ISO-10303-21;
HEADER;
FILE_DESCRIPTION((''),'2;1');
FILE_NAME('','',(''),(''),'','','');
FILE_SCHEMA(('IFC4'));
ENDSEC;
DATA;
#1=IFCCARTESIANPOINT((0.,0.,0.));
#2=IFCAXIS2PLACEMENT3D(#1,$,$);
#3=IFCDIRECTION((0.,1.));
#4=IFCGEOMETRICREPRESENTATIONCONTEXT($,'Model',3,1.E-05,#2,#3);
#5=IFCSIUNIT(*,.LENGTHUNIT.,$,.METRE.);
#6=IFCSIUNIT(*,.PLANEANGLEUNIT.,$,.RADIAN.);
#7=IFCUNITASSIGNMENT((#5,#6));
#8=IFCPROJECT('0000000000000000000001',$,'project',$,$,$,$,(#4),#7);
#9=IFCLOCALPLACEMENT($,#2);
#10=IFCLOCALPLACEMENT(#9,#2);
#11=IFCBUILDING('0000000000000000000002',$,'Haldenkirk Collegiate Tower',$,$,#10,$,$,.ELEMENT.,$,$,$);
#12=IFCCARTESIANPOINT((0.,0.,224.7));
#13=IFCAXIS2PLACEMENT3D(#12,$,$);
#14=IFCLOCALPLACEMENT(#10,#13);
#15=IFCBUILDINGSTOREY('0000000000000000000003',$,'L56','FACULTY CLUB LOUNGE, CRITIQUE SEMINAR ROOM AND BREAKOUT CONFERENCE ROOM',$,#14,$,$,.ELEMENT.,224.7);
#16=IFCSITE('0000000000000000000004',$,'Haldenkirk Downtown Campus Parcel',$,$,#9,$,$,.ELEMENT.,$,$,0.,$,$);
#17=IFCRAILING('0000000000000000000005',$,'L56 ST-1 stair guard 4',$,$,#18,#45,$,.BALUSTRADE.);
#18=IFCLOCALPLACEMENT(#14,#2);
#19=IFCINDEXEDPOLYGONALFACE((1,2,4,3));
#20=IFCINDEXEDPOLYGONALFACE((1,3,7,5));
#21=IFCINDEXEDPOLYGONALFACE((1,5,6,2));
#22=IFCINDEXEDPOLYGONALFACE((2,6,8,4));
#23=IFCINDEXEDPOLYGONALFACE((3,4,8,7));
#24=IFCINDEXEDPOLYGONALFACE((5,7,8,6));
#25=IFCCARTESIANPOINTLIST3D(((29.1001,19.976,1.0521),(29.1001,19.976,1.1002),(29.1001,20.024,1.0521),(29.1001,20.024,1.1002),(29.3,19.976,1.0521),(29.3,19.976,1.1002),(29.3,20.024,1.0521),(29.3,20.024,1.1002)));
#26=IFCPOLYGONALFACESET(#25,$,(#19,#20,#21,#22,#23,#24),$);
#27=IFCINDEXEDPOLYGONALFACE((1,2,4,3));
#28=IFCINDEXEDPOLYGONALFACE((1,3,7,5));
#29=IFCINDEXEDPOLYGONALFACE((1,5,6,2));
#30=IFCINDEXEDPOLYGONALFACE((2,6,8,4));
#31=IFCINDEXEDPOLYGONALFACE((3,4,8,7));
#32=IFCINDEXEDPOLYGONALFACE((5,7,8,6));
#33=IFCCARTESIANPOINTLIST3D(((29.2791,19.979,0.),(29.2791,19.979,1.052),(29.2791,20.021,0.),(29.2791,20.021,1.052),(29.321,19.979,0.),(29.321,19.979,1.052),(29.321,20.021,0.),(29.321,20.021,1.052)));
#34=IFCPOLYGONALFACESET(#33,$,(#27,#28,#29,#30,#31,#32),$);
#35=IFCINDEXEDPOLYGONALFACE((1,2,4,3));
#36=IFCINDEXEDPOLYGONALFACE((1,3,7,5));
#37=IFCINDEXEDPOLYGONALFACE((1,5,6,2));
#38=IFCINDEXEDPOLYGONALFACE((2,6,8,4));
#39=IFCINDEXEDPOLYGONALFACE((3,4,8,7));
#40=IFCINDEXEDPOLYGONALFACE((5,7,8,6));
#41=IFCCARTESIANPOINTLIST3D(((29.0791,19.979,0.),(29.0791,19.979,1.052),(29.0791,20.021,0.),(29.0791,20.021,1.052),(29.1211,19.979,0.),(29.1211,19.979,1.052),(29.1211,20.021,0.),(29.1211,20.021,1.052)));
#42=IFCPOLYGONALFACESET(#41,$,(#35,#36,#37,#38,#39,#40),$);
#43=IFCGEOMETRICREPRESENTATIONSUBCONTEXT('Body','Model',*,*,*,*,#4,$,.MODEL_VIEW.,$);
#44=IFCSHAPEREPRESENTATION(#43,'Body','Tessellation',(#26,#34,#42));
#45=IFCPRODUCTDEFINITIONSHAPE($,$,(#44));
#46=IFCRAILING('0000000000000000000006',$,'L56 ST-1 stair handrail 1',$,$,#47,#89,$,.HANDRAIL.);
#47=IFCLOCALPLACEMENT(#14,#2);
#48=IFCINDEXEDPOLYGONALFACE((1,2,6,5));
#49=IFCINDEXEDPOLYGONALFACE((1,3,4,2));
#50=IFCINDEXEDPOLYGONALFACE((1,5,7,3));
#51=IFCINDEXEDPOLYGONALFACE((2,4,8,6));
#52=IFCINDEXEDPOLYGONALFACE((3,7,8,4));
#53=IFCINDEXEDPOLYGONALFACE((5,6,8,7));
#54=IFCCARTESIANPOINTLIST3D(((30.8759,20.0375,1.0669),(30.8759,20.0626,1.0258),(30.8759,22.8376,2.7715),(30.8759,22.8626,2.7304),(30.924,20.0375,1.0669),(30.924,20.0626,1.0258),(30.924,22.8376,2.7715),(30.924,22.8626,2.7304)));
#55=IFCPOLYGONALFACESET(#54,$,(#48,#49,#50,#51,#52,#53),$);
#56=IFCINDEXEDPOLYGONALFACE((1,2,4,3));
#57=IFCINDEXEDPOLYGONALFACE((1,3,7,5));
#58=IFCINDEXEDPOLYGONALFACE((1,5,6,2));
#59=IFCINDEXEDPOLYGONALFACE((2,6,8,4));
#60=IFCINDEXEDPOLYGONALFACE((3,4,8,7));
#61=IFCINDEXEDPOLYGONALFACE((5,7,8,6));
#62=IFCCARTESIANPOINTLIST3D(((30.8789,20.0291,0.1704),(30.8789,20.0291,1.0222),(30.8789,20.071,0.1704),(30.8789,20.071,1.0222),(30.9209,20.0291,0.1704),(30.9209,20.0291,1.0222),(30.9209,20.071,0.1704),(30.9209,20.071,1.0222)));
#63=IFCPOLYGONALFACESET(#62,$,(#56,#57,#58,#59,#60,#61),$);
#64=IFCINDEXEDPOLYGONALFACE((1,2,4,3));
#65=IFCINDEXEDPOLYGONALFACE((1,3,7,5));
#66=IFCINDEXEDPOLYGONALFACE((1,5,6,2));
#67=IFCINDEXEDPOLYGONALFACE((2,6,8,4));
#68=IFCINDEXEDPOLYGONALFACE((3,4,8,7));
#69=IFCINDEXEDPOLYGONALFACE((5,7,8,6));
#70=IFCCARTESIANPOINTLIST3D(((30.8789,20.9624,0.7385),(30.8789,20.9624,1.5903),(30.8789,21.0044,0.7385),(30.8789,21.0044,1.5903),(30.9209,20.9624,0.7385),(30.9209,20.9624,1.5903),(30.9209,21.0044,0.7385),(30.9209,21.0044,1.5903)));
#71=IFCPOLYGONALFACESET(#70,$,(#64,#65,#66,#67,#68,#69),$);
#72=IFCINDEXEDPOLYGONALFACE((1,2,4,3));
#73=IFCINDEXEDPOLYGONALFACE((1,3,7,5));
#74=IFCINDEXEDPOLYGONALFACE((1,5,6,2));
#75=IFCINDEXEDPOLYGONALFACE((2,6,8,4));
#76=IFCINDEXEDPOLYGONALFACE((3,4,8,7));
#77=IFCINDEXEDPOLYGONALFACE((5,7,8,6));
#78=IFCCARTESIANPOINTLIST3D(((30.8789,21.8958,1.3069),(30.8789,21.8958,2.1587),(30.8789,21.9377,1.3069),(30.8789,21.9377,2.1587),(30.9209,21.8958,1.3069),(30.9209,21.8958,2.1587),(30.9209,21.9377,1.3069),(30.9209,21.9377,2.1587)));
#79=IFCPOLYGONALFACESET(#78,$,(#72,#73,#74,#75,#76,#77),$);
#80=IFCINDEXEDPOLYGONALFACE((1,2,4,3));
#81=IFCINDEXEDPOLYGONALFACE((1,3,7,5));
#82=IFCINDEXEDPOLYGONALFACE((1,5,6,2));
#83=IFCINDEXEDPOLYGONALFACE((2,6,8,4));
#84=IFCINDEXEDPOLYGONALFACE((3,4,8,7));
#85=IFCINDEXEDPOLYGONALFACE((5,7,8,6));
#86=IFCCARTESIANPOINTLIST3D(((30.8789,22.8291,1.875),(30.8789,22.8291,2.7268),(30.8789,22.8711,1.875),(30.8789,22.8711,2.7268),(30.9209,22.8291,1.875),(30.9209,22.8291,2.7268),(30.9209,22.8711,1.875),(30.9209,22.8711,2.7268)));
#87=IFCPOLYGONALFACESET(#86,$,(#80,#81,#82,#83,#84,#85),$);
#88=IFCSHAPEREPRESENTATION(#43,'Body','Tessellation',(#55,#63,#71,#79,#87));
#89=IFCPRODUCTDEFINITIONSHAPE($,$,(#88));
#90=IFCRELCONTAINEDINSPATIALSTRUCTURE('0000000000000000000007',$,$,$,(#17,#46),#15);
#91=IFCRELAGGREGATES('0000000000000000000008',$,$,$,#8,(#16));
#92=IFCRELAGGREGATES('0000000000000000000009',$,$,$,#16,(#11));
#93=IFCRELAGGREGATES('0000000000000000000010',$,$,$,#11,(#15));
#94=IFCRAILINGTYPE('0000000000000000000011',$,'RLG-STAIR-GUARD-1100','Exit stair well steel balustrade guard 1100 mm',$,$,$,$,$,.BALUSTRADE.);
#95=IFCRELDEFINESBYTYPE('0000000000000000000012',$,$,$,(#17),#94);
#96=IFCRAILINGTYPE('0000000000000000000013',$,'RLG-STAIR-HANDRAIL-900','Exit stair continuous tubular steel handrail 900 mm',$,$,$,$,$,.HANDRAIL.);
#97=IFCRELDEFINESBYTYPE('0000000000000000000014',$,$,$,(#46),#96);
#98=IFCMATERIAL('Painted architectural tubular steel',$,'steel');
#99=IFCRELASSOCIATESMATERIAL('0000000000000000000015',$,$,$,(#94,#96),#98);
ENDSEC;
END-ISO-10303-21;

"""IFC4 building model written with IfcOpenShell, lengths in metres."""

from ifc_helpers import new_model, si_unit, direction, frame, origin, origin_2d, place, context, subcontext, project, spatial, rectangle, extrude, material, type_object, element, save


model = new_model("IFC4")

# Units and contexts
model_context = context("Model", 3, precision=1e-05, world=origin(), true_north=direction((0.0, 1.0)))
body_context = subcontext(model_context, "Body", "Model", "MODEL_VIEW")
ifc_project = project(units=[si_unit("LENGTHUNIT", "METRE"), si_unit("PLANEANGLEUNIT", "RADIAN")], contexts=[model_context])

# Site, building, storey
site_placement = place(None, origin())
site = spatial("IfcSite", under=ifc_project, at=site_placement, Name="Haldenkirk Downtown Campus Parcel", CompositionType="ELEMENT", RefElevation=0.0)
building_placement = place(site_placement, origin())
building = spatial("IfcBuilding", under=site, at=building_placement, Name="Haldenkirk Collegiate Tower", CompositionType="ELEMENT")
storey_placement = place(building_placement, frame((0.0, 0.0, 224.7)))
storey = spatial("IfcBuildingStorey", under=building, at=storey_placement, Name="L56", Description="FACULTY CLUB LOUNGE, CRITIQUE SEMINAR ROOM AND BREAKOUT CONFERENCE ROOM", CompositionType="ELEMENT", Elevation=224.7)

# Railings
ifc_material_1 = material(Name="Painted architectural tubular steel", Category="steel")
railing_type_1 = type_object("IfcRailingType", Name="RLG-STAIR-GUARD-1100", Description="Exit stair well steel balustrade guard 1100 mm", PredefinedType="BALUSTRADE", material=ifc_material_1)
railing_1_placement = place(storey_placement, frame((29.3, 20.0, 0.0)))
element("IfcRailing", 1, at=railing_1_placement, inside=storey, type_object=railing_type_1, Name="L56 ST-1 stair guard 4", PredefinedType="BALUSTRADE", context=body_context, shape_type="SweptSolid", body=[
    extrude(rectangle(XDim=0.0481, YDim=0.0481, at=origin_2d()), frame((0.0, 0.0, 1.0762), z_axis=(-1.0, 0.0, 0.0), x_axis=(0.0, -1.0, 0.0)), (0.0, 0.0, 1.0), 0.2),
    extrude(rectangle(XDim=0.042, YDim=0.042, at=origin_2d()), origin(), (0.0, 0.0, 1.0), 1.052),
    extrude(rectangle(XDim=0.042, YDim=0.042, at=origin_2d()), frame((-0.2, 0.0, 0.0)), (0.0, 0.0, 1.0), 1.052),
])
railing_type_2 = type_object("IfcRailingType", Name="RLG-STAIR-HANDRAIL-900", Description="Exit stair continuous tubular steel handrail 900 mm", PredefinedType="HANDRAIL", material=ifc_material_1)
railing_2_placement = place(storey_placement, frame((30.8999, 20.05, 0.1704)))
element("IfcRailing", 2, at=railing_2_placement, inside=storey, type_object=railing_type_2, Name="L56 ST-1 stair handrail 1", PredefinedType="HANDRAIL", context=body_context, shape_type="SweptSolid", body=[
    extrude(rectangle(XDim=0.0481, YDim=0.0481, at=origin_2d()), frame((0.0, 0.0, 0.876), z_axis=(0.0, 0.85417, 0.519994), x_axis=(-1.0, 0.0, 0.0)), (0.0, 0.0, 1.0), 3.2781),
    extrude(rectangle(XDim=0.042, YDim=0.042, at=origin_2d()), origin(), (0.0, 0.0, 1.0), 0.8518),
    extrude(rectangle(XDim=0.042, YDim=0.042, at=origin_2d()), frame((0.0, 0.9333, 0.5681)), (0.0, 0.0, 1.0), 0.8518),
    extrude(rectangle(XDim=0.042, YDim=0.042, at=origin_2d()), frame((0.0, 1.8667, 1.1365)), (0.0, 0.0, 1.0), 0.8518),
    extrude(rectangle(XDim=0.042, YDim=0.042, at=origin_2d()), frame((0.0, 2.8, 1.7046)), (0.0, 0.0, 1.0), 0.8518),
])

save(model, "model.ifc")
